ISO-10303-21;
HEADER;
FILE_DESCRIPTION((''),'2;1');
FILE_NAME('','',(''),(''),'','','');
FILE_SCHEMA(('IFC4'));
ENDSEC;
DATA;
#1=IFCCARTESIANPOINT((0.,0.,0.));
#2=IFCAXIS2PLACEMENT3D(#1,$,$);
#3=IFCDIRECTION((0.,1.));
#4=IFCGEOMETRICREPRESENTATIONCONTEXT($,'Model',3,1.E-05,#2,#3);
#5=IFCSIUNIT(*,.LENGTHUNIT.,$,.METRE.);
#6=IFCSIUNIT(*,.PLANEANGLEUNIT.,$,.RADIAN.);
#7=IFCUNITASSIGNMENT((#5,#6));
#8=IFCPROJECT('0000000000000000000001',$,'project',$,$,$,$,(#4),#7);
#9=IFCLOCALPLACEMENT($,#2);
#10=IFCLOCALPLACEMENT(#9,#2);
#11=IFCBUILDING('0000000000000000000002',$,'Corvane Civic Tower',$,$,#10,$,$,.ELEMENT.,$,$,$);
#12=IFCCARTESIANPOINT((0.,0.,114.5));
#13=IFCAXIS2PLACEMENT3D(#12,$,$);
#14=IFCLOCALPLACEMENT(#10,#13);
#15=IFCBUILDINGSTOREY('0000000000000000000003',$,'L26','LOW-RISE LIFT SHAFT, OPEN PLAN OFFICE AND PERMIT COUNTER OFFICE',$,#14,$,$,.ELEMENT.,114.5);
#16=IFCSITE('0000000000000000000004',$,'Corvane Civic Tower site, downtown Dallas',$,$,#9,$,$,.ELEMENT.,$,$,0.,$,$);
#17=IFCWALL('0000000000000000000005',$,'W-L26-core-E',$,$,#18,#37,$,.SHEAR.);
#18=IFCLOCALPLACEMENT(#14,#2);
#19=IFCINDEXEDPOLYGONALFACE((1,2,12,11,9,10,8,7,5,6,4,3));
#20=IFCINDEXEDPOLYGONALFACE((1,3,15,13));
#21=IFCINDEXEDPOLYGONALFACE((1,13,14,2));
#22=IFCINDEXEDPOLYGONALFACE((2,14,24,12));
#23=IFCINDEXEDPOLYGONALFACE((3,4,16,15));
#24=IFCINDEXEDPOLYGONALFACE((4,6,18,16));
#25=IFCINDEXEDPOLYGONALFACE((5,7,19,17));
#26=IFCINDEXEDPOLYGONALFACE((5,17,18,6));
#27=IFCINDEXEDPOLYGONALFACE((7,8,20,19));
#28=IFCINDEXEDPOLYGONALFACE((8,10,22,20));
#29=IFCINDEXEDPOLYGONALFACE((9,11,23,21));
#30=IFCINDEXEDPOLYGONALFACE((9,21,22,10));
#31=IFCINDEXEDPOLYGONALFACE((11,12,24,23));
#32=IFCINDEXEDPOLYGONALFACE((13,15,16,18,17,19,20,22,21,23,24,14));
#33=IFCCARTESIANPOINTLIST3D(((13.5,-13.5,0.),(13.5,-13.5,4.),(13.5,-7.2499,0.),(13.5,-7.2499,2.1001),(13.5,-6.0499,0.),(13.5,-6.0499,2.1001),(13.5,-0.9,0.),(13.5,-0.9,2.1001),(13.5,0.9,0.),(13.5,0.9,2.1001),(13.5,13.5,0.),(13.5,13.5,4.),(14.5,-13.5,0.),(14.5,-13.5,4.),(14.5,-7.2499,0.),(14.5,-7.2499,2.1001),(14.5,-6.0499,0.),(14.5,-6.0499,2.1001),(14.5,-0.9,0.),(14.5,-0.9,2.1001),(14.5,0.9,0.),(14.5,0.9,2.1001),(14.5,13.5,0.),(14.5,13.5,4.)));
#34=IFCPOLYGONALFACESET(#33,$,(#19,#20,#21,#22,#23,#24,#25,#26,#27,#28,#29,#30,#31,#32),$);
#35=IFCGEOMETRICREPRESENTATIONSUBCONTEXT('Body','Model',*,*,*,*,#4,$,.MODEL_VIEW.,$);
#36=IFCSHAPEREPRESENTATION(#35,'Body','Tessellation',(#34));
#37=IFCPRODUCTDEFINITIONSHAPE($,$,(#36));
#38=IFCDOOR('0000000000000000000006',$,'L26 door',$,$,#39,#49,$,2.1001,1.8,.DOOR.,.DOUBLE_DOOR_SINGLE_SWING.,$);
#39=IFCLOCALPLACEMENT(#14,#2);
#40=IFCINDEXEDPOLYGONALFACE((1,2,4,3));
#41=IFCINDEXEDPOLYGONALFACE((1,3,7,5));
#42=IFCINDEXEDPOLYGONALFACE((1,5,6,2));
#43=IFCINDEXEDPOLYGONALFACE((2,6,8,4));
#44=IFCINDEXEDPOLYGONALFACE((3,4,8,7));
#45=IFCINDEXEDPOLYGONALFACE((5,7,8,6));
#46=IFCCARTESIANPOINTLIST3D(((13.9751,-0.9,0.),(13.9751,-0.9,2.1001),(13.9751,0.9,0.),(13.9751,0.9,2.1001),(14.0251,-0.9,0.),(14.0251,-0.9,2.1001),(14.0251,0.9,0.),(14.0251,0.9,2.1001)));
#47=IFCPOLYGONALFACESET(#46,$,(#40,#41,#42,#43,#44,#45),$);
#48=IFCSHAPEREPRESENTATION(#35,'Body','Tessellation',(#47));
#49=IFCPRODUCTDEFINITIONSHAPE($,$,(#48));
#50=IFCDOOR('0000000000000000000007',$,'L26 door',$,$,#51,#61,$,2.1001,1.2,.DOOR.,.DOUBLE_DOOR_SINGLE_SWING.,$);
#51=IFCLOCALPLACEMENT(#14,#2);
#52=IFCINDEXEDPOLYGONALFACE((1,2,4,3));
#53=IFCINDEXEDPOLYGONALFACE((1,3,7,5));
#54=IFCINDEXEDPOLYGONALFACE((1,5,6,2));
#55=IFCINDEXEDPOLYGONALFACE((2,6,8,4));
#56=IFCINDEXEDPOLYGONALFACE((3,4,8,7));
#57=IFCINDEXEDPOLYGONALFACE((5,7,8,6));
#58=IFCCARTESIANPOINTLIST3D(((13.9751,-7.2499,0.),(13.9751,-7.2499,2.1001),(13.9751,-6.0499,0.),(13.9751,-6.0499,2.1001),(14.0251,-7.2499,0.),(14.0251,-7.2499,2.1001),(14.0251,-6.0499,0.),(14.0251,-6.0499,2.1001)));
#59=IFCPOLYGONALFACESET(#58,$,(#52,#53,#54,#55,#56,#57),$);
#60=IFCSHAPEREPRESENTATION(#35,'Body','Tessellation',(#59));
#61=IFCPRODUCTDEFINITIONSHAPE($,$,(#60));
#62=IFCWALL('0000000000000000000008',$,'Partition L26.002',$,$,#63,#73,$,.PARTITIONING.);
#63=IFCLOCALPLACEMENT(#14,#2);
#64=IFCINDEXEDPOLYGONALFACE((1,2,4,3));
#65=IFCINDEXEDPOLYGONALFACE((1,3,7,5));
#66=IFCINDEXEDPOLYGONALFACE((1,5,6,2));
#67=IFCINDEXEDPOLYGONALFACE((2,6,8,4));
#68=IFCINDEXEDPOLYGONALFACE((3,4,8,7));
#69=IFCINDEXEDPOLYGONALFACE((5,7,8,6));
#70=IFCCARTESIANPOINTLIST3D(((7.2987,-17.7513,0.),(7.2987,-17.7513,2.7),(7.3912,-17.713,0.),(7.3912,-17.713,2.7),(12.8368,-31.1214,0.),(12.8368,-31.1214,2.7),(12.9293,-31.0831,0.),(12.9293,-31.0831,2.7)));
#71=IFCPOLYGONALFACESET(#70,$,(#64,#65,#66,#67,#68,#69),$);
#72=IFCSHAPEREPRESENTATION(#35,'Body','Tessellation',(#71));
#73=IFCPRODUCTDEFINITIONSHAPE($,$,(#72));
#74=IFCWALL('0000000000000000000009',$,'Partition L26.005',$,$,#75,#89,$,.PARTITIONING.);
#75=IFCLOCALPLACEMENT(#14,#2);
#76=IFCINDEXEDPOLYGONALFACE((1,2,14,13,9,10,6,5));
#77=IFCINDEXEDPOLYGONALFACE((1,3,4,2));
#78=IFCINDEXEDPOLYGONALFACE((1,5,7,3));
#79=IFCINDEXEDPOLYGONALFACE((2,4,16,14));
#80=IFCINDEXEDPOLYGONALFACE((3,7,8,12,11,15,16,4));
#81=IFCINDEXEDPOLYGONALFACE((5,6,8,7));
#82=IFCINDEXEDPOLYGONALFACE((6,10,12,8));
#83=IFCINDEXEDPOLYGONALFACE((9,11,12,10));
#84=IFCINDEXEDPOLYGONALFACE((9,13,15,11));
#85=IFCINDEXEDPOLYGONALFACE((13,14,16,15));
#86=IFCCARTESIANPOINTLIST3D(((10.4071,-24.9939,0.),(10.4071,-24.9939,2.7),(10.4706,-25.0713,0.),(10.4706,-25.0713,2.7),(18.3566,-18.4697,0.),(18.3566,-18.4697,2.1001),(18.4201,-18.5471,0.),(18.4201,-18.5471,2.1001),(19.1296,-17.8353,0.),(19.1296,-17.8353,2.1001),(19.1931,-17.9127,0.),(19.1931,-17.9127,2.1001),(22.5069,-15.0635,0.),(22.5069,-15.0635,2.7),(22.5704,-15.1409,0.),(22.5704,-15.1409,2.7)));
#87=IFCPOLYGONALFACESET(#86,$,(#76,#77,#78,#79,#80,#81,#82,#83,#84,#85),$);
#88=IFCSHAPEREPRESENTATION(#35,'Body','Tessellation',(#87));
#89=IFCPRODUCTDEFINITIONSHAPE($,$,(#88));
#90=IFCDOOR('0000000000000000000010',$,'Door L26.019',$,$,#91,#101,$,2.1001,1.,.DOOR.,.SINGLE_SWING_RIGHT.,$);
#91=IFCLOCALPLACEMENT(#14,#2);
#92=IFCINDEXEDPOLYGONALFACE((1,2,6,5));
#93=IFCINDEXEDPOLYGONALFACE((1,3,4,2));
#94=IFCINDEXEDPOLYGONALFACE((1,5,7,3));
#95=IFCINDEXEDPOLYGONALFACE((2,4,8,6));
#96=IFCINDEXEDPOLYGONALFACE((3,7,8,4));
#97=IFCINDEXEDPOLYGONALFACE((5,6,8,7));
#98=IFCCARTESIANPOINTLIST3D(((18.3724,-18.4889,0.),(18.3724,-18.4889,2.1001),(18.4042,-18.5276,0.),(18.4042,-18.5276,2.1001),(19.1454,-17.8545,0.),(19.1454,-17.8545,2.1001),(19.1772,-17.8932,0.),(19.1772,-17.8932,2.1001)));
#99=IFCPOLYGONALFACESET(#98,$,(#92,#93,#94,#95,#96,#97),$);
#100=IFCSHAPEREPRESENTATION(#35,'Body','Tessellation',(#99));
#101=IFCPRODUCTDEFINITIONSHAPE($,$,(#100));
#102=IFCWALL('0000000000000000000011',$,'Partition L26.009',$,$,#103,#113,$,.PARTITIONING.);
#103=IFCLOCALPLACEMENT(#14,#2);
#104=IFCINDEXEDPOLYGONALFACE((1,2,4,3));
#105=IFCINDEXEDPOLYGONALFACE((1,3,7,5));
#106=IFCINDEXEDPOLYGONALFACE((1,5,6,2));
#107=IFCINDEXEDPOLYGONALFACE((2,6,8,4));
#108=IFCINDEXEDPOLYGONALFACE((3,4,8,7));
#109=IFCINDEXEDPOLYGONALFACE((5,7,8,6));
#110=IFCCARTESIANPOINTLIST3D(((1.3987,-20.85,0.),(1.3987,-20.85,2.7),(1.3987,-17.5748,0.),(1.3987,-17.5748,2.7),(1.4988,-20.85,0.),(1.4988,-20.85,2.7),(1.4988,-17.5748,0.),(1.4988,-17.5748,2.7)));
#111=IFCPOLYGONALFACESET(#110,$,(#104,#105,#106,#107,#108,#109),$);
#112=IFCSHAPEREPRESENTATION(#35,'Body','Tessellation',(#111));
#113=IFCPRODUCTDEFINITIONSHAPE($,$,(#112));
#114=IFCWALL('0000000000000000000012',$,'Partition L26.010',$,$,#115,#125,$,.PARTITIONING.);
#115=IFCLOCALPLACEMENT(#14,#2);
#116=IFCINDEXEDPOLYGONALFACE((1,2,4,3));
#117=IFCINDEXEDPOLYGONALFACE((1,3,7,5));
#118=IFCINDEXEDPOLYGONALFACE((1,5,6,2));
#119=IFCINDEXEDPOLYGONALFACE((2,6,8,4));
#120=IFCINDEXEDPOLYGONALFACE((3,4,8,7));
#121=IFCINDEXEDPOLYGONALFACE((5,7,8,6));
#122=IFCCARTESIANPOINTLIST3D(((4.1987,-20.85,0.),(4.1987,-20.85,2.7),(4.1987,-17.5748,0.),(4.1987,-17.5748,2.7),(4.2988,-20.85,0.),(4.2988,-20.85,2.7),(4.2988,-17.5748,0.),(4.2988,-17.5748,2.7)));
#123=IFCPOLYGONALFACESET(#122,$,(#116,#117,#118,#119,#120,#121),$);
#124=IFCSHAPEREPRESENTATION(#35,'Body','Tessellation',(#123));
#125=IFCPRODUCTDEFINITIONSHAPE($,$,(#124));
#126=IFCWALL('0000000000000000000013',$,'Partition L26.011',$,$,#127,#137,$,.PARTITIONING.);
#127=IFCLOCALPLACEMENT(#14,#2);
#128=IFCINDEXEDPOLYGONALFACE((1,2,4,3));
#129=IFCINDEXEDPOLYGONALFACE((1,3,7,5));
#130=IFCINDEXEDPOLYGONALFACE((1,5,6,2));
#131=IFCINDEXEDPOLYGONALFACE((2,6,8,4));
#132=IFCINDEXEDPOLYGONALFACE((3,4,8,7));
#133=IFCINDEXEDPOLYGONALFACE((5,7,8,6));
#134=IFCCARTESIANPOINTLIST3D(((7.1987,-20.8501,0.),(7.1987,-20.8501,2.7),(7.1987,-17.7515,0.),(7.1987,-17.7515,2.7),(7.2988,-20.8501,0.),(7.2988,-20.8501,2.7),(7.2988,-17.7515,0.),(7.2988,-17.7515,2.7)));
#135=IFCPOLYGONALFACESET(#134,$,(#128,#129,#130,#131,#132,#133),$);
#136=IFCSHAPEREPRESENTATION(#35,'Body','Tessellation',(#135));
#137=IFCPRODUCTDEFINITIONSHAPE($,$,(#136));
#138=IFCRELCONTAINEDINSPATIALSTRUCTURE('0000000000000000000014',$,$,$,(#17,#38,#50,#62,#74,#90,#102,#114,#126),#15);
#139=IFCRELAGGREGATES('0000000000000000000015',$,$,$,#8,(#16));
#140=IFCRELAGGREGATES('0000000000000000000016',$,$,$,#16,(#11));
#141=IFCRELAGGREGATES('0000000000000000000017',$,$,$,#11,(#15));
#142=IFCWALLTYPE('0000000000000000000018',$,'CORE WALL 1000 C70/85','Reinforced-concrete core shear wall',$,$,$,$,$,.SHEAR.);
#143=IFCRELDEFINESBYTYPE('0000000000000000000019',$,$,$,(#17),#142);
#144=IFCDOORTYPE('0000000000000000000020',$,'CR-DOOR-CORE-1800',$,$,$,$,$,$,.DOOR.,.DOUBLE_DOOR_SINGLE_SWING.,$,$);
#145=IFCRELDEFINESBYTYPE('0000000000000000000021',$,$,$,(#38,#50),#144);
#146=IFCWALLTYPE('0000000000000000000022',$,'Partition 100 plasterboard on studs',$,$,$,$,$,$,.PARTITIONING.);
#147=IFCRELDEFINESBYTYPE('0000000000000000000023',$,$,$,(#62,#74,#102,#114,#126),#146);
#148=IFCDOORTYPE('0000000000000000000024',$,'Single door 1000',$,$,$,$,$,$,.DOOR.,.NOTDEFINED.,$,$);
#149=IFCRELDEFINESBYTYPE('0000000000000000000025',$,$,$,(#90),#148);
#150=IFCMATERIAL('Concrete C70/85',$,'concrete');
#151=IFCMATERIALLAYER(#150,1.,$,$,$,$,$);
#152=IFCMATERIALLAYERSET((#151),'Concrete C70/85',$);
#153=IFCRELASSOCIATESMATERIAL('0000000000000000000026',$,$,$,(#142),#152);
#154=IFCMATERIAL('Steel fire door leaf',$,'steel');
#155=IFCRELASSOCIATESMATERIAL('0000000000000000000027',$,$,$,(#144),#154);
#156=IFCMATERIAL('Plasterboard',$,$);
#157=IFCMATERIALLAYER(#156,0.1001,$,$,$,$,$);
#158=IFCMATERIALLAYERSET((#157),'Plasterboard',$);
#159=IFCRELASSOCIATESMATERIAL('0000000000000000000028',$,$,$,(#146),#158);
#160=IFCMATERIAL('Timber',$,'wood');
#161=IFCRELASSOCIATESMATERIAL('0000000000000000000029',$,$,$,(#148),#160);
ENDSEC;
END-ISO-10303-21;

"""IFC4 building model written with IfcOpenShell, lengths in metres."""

from ifc_helpers import new_model, si_unit, direction, frame, frame_2d, origin, place, context, subcontext, project, spatial, rectangle, extrude, material, layer, layer_set, type_object, element, fill, save


model = new_model("IFC4")

# Units and contexts
model_context = context("Model", 3, precision=1e-05, world=origin(), true_north=direction((0.0, 1.0)))
body_context = subcontext(model_context, "Body", "Model", "MODEL_VIEW")
ifc_project = project(units=[si_unit("LENGTHUNIT", "METRE"), si_unit("PLANEANGLEUNIT", "RADIAN")], contexts=[model_context])

# Site, building, storey
site_placement = place(None, origin())
site = spatial("IfcSite", under=ifc_project, at=site_placement, Name="Corvane Civic Tower site, downtown Dallas", CompositionType="ELEMENT", RefElevation=0.0)
building_placement = place(site_placement, origin())
building = spatial("IfcBuilding", under=site, at=building_placement, Name="Corvane Civic Tower", CompositionType="ELEMENT")
storey_placement = place(building_placement, frame((0.0, 0.0, 114.5)))
storey = spatial("IfcBuildingStorey", under=building, at=storey_placement, Name="L26", Description="LOW-RISE LIFT SHAFT, OPEN PLAN OFFICE AND PERMIT COUNTER OFFICE", CompositionType="ELEMENT", Elevation=114.5)

# Wall, openings, doors
ifc_material_1 = material(Name="Concrete C70/85", Category="concrete")
ifc_layer_1 = layer(ifc_material_1, 1.0)
ifc_layer_set_1 = layer_set([ifc_layer_1], Name="Concrete C70/85")
wall_type_1 = type_object("IfcWallType", Name="CORE WALL 1000 C70/85", Description="Reinforced-concrete core shear wall", PredefinedType="SHEAR", material=ifc_layer_set_1)
wall_1_placement = place(storey_placement, frame((14.0, -13.5, 0.0), z_axis=(0.0, 0.0, 1.0), x_axis=(0.0, 1.0, 0.0)))
wall_1 = element("IfcWall", 1, at=wall_1_placement, inside=storey, type_object=wall_type_1, Name="W-L26-core-E", PredefinedType="SHEAR", context=body_context, shape_type="SweptSolid", body=[
    extrude(rectangle(XDim=27.0, YDim=1.0, at=frame_2d((13.5, 0.0))), origin(), (0.0, 0.0, 1.0), 4.0),
])
opening_1_placement = place(wall_1_placement, frame((12.6001, 0.0, 0.0)))
opening_1 = element("IfcOpeningElement", 2, at=opening_1_placement, cuts=wall_1, PredefinedType="OPENING", context=body_context, shape_type="SweptSolid", body=[
    extrude(rectangle(XDim=1.8, YDim=2.1001, at=frame_2d((0.8999, 1.05))), frame((0.0, 0.51, 0.0), z_axis=(0.0, -1.0, 0.0), x_axis=(1.0, 0.0, 0.0)), (0.0, 0.0, 1.0), 1.02),
])
opening_2_placement = place(wall_1_placement, frame((6.25, 0.0, 0.0)))
opening_2 = element("IfcOpeningElement", 3, at=opening_2_placement, cuts=wall_1, PredefinedType="OPENING", context=body_context, shape_type="SweptSolid", body=[
    extrude(rectangle(XDim=1.2, YDim=2.1001, at=frame_2d((0.6001, 1.05))), frame((0.0, 0.51, 0.0), z_axis=(0.0, -1.0, 0.0), x_axis=(1.0, 0.0, 0.0)), (0.0, 0.0, 1.0), 1.02),
])
ifc_material_2 = material(Name="Steel fire door leaf", Category="steel")
door_type_1 = type_object("IfcDoorType", Name="CR-DOOR-CORE-1800", OperationType="DOUBLE_DOOR_SINGLE_SWING", PredefinedType="DOOR", material=ifc_material_2)
door_1_placement = place(opening_1_placement, origin())
door_1 = element("IfcDoor", 4, at=door_1_placement, inside=storey, type_object=door_type_1, Name="L26 door", OperationType="DOUBLE_DOOR_SINGLE_SWING", OverallHeight=2.1001, OverallWidth=1.8, PredefinedType="DOOR", context=body_context, shape_type="SweptSolid", body=[
    extrude(rectangle(XDim=1.8, YDim=2.1001, at=frame_2d((0.8999, 1.05))), frame((0.0, 0.0249, 0.0), z_axis=(0.0, -1.0, 0.0), x_axis=(1.0, 0.0, 0.0)), (0.0, 0.0, 1.0), 0.05),
])
fill(opening_1, door_1)
door_2_placement = place(opening_2_placement, origin())
door_2 = element("IfcDoor", 5, at=door_2_placement, inside=storey, type_object=door_type_1, Name="L26 door", OperationType="DOUBLE_DOOR_SINGLE_SWING", OverallHeight=2.1001, OverallWidth=1.2, PredefinedType="DOOR", context=body_context, shape_type="SweptSolid", body=[
    extrude(rectangle(XDim=1.2, YDim=2.1001, at=frame_2d((0.6001, 1.05))), frame((0.0, 0.0249, 0.0), z_axis=(0.0, -1.0, 0.0), x_axis=(1.0, 0.0, 0.0)), (0.0, 0.0, 1.0), 0.05),
])
fill(opening_2, door_2)

# Wall
ifc_material_3 = material(Name="Plasterboard")
ifc_layer_2 = layer(ifc_material_3, 0.1001)
ifc_layer_set_2 = layer_set([ifc_layer_2], Name="Plasterboard")
wall_type_2 = type_object("IfcWallType", Name="Partition 100 plasterboard on studs", PredefinedType="PARTITIONING", material=ifc_layer_set_2)
wall_2_placement = place(storey_placement, frame((7.345, -17.7322, 0.0), z_axis=(0.0, 0.0, 1.0), x_axis=(0.382684, -0.923879, 0.0)))
element("IfcWall", 6, at=wall_2_placement, inside=storey, type_object=wall_type_2, Name="Partition L26.002", PredefinedType="PARTITIONING", context=body_context, shape_type="SweptSolid", body=[
    extrude(rectangle(XDim=14.4717, YDim=0.1001, at=frame_2d((7.2358, 0.0))), origin(), (0.0, 0.0, 1.0), 2.7),
])

# Wall, opening, door
wall_3_placement = place(storey_placement, frame((10.4387, -25.0327, 0.0), z_axis=(0.0, 0.0, 1.0), x_axis=(0.773, 0.634406, 0.0)))
wall_3 = element("IfcWall", 7, at=wall_3_placement, inside=storey, type_object=wall_type_2, Name="Partition L26.005", PredefinedType="PARTITIONING", context=body_context, shape_type="SweptSolid", body=[
    extrude(rectangle(XDim=15.6531, YDim=0.1001, at=frame_2d((7.8267, 0.0))), origin(), (0.0, 0.0, 1.0), 2.7),
])
opening_3_placement = place(wall_3_placement, frame((10.2842, 0.0, 0.0)))
opening_3 = element("IfcOpeningElement", 8, at=opening_3_placement, cuts=wall_3, PredefinedType="OPENING", context=body_context, shape_type="SweptSolid", body=[
    extrude(rectangle(XDim=1.0, YDim=2.1001, at=frame_2d((0.5, 1.05))), frame((0.0, 0.0601, 0.0), z_axis=(0.0, -1.0, 0.0), x_axis=(1.0, 0.0, 0.0)), (0.0, 0.0, 1.0), 0.1201),
])
ifc_material_4 = material(Name="Timber", Category="wood")
door_type_2 = type_object("IfcDoorType", Name="Single door 1000", OperationType="NOTDEFINED", PredefinedType="DOOR", material=ifc_material_4)
door_3_placement = place(opening_3_placement, frame((1.0, 0.0, 0.0), z_axis=(0.0, 0.0, 1.0), x_axis=(-1.0, 0.0, 0.0)))
door_3 = element("IfcDoor", 9, at=door_3_placement, inside=storey, type_object=door_type_2, Name="Door L26.019", OperationType="SINGLE_SWING_RIGHT", OverallHeight=2.1001, OverallWidth=1.0, PredefinedType="DOOR", context=body_context, shape_type="SweptSolid", body=[
    extrude(rectangle(XDim=1.0, YDim=2.1001, at=frame_2d((0.5, 1.05))), frame((0.0, 0.0249, 0.0), z_axis=(0.0, -1.0, 0.0), x_axis=(1.0, 0.0, 0.0)), (0.0, 0.0, 1.0), 0.05),
])
fill(opening_3, door_3)

# Walls
for number, where, z_axis, x_axis, name in (
    (10, (1.4487, -20.8501, 0.0), (0.0, 0.0, 1.0), (0.0, 1.0, 0.0), "Partition L26.009"),
    (11, (4.2488, -20.8501, 0.0), (0.0, 0.0, 1.0), (0.0, 1.0, 0.0), "Partition L26.010"),
):
    element("IfcWall", number, at=place(storey_placement, frame(where, z_axis=z_axis, x_axis=x_axis)), inside=storey, type_object=wall_type_2, Name=name, PredefinedType="PARTITIONING", context=body_context, shape_type="SweptSolid", body=[
        extrude(rectangle(XDim=3.2751, YDim=0.1001, at=frame_2d((1.6377, 0.0))), origin(), (0.0, 0.0, 1.0), 2.7),
    ])
wall_4_placement = place(storey_placement, frame((7.2488, -20.8501, 0.0), z_axis=(0.0, 0.0, 1.0), x_axis=(0.0, 1.0, 0.0)))
element("IfcWall", 12, at=wall_4_placement, inside=storey, type_object=wall_type_2, Name="Partition L26.011", PredefinedType="PARTITIONING", context=body_context, shape_type="SweptSolid", body=[
    extrude(rectangle(XDim=3.0986, YDim=0.1001, at=frame_2d((1.5493, 0.0))), origin(), (0.0, 0.0, 1.0), 2.7),
])

save(model, "model.ifc")
